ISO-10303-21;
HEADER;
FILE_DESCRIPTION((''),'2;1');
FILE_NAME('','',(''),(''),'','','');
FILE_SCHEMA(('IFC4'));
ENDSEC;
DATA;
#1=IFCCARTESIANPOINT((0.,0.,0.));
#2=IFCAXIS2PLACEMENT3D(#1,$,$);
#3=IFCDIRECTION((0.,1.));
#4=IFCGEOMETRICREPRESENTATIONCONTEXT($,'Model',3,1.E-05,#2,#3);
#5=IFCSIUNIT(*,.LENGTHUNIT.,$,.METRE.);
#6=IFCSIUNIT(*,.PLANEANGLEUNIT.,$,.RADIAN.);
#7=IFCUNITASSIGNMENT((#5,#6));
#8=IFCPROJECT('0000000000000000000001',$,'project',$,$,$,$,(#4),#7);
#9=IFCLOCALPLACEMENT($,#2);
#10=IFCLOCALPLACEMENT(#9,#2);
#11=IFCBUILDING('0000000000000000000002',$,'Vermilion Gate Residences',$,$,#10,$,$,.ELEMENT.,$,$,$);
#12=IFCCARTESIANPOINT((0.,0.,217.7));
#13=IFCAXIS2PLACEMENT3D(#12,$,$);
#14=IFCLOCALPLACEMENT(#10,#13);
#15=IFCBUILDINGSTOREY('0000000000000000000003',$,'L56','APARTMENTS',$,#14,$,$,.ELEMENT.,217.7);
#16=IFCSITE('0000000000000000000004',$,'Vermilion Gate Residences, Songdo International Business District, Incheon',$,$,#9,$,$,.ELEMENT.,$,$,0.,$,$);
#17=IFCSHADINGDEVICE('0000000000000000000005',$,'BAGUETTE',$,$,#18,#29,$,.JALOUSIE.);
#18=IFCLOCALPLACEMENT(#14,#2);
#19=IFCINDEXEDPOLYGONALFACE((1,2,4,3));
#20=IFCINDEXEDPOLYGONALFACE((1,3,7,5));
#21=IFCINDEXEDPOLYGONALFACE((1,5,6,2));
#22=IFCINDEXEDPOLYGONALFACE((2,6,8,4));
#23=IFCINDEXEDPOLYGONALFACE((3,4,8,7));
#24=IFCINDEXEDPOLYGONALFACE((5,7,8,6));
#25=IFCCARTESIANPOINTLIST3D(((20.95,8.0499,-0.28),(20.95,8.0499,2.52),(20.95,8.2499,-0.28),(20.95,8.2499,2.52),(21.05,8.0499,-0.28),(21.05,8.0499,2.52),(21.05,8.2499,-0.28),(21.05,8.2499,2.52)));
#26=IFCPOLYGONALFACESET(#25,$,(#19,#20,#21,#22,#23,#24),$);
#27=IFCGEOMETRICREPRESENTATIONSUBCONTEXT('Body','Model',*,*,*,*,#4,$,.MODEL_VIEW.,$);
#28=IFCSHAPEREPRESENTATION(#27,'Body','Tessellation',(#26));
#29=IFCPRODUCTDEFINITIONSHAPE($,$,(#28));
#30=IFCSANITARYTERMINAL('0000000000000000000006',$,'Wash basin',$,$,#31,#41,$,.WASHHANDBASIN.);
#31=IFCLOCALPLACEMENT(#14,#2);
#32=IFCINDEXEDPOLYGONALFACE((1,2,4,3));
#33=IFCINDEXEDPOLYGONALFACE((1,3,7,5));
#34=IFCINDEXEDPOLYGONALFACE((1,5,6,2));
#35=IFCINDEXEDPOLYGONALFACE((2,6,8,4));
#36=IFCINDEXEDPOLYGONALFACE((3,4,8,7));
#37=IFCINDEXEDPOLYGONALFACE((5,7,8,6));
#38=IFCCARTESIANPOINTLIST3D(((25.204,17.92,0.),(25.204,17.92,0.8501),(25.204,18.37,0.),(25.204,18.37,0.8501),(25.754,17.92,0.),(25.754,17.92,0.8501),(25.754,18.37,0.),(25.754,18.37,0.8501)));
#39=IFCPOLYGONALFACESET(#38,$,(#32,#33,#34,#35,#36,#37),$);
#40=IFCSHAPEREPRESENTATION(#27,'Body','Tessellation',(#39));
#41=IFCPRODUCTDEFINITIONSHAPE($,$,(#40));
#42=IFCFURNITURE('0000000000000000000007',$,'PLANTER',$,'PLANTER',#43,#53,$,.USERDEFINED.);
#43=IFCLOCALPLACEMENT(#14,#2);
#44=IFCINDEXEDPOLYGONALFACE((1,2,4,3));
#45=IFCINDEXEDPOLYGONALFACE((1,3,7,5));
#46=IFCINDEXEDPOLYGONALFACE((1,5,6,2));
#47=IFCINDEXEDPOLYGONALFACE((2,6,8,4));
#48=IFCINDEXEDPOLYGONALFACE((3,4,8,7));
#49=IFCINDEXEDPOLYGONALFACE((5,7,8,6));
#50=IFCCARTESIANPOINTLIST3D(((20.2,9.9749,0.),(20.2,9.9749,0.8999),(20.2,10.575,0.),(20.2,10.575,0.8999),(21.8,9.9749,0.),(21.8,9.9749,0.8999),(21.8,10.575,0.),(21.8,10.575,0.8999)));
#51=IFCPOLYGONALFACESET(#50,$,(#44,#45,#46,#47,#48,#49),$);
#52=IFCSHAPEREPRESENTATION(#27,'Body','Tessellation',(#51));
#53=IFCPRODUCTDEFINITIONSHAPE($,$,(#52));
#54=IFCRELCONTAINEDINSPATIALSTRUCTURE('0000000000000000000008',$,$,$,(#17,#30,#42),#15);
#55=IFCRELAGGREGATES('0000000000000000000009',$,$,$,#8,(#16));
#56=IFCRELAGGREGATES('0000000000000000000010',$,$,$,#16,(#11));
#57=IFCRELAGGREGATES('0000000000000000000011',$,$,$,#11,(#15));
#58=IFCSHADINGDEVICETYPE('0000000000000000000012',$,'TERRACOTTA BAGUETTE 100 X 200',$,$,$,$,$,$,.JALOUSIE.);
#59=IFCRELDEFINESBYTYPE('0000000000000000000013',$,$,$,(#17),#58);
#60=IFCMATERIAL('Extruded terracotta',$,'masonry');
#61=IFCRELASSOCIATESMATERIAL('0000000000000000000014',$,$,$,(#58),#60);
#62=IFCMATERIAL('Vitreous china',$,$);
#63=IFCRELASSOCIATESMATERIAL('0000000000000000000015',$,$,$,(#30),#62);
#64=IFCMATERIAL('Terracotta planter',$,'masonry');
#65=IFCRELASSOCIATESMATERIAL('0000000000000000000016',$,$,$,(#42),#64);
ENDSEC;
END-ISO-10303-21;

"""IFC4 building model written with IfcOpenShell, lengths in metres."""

from ifc_helpers import new_model, si_unit, direction, frame, origin, origin_2d, place, context, subcontext, project, spatial, rectangle, extrude, material, material_profile, profile_set, type_object, element, save


model = new_model("IFC4")

# Units and contexts
model_context = context("Model", 3, precision=1e-05, world=origin(), true_north=direction((0.0, 1.0)))
body_context = subcontext(model_context, "Body", "Model", "MODEL_VIEW")
ifc_project = project(units=[si_unit("LENGTHUNIT", "METRE"), si_unit("PLANEANGLEUNIT", "RADIAN")], contexts=[model_context])

# Site, building, storey
site_placement = place(None, origin())
site = spatial("IfcSite", under=ifc_project, at=site_placement, Name="Vermilion Gate Residences, Songdo International Business District, Incheon", CompositionType="ELEMENT", RefElevation=0.0)
building_placement = place(site_placement, origin())
building = spatial("IfcBuilding", under=site, at=building_placement, Name="Vermilion Gate Residences", CompositionType="ELEMENT")
storey_placement = place(building_placement, frame((0.0, 0.0, 217.7)))
storey = spatial("IfcBuildingStorey", under=building, at=storey_placement, Name="L56", Description="APARTMENTS", CompositionType="ELEMENT", Elevation=217.7)

# Shading device
ifc_material_1 = material(Name="Extruded terracotta", Category="masonry")
ifc_material_profile_1 = material_profile(ifc_material_1, rectangle(XDim=0.2, YDim=0.1001, at=origin_2d()), Name="BAGUETTE 100 X 200")
ifc_profile_set_1 = profile_set([ifc_material_profile_1], Name="Extruded terracotta")
shading_device_type_1 = type_object("IfcShadingDeviceType", Name="TERRACOTTA BAGUETTE 100 X 200", PredefinedType="JALOUSIE", material=ifc_profile_set_1)
shading_device_1_placement = place(storey_placement, frame((21.0, 8.1499, -0.28), z_axis=(0.0, 0.0, 1.0), x_axis=(0.0, 1.0, 0.0)))
element("IfcShadingDevice", 1, at=shading_device_1_placement, inside=storey, type_object=shading_device_type_1, Name="BAGUETTE", PredefinedType="JALOUSIE", context=body_context, shape_type="SweptSolid", body=[
    extrude(rectangle(XDim=0.2, YDim=0.1001, at=origin_2d()), origin(), (0.0, 0.0, 1.0), 2.8),
])

# Sanitary terminal
ifc_material_2 = material(Name="Vitreous china")
sanitary_terminal_placement = place(storey_placement, frame((25.479, 18.145, 0.0), z_axis=(0.0, 0.0, 1.0), x_axis=(1.0, 0.0, 0.0)))
element("IfcSanitaryTerminal", 2, at=sanitary_terminal_placement, inside=storey, material=ifc_material_2, Name="Wash basin", PredefinedType="WASHHANDBASIN", context=body_context, shape_type="SweptSolid", body=[
    extrude(rectangle(XDim=0.55, YDim=0.45, at=origin_2d()), origin(), (0.0, 0.0, 1.0), 0.8501),
])

# Furniture
ifc_material_3 = material(Name="Terracotta planter", Category="masonry")
furniture_placement = place(storey_placement, frame((21.0, 10.2749, 0.0), z_axis=(0.0, 0.0, 1.0), x_axis=(1.0, 0.0, 0.0)))
element("IfcFurniture", 3, at=furniture_placement, inside=storey, material=ifc_material_3, Name="PLANTER", ObjectType="PLANTER", PredefinedType="USERDEFINED", context=body_context, shape_type="SweptSolid", body=[
    extrude(rectangle(XDim=1.6001, YDim=0.6001, at=origin_2d()), origin(), (0.0, 0.0, 1.0), 0.8999),
])

save(model, "model.ifc")
